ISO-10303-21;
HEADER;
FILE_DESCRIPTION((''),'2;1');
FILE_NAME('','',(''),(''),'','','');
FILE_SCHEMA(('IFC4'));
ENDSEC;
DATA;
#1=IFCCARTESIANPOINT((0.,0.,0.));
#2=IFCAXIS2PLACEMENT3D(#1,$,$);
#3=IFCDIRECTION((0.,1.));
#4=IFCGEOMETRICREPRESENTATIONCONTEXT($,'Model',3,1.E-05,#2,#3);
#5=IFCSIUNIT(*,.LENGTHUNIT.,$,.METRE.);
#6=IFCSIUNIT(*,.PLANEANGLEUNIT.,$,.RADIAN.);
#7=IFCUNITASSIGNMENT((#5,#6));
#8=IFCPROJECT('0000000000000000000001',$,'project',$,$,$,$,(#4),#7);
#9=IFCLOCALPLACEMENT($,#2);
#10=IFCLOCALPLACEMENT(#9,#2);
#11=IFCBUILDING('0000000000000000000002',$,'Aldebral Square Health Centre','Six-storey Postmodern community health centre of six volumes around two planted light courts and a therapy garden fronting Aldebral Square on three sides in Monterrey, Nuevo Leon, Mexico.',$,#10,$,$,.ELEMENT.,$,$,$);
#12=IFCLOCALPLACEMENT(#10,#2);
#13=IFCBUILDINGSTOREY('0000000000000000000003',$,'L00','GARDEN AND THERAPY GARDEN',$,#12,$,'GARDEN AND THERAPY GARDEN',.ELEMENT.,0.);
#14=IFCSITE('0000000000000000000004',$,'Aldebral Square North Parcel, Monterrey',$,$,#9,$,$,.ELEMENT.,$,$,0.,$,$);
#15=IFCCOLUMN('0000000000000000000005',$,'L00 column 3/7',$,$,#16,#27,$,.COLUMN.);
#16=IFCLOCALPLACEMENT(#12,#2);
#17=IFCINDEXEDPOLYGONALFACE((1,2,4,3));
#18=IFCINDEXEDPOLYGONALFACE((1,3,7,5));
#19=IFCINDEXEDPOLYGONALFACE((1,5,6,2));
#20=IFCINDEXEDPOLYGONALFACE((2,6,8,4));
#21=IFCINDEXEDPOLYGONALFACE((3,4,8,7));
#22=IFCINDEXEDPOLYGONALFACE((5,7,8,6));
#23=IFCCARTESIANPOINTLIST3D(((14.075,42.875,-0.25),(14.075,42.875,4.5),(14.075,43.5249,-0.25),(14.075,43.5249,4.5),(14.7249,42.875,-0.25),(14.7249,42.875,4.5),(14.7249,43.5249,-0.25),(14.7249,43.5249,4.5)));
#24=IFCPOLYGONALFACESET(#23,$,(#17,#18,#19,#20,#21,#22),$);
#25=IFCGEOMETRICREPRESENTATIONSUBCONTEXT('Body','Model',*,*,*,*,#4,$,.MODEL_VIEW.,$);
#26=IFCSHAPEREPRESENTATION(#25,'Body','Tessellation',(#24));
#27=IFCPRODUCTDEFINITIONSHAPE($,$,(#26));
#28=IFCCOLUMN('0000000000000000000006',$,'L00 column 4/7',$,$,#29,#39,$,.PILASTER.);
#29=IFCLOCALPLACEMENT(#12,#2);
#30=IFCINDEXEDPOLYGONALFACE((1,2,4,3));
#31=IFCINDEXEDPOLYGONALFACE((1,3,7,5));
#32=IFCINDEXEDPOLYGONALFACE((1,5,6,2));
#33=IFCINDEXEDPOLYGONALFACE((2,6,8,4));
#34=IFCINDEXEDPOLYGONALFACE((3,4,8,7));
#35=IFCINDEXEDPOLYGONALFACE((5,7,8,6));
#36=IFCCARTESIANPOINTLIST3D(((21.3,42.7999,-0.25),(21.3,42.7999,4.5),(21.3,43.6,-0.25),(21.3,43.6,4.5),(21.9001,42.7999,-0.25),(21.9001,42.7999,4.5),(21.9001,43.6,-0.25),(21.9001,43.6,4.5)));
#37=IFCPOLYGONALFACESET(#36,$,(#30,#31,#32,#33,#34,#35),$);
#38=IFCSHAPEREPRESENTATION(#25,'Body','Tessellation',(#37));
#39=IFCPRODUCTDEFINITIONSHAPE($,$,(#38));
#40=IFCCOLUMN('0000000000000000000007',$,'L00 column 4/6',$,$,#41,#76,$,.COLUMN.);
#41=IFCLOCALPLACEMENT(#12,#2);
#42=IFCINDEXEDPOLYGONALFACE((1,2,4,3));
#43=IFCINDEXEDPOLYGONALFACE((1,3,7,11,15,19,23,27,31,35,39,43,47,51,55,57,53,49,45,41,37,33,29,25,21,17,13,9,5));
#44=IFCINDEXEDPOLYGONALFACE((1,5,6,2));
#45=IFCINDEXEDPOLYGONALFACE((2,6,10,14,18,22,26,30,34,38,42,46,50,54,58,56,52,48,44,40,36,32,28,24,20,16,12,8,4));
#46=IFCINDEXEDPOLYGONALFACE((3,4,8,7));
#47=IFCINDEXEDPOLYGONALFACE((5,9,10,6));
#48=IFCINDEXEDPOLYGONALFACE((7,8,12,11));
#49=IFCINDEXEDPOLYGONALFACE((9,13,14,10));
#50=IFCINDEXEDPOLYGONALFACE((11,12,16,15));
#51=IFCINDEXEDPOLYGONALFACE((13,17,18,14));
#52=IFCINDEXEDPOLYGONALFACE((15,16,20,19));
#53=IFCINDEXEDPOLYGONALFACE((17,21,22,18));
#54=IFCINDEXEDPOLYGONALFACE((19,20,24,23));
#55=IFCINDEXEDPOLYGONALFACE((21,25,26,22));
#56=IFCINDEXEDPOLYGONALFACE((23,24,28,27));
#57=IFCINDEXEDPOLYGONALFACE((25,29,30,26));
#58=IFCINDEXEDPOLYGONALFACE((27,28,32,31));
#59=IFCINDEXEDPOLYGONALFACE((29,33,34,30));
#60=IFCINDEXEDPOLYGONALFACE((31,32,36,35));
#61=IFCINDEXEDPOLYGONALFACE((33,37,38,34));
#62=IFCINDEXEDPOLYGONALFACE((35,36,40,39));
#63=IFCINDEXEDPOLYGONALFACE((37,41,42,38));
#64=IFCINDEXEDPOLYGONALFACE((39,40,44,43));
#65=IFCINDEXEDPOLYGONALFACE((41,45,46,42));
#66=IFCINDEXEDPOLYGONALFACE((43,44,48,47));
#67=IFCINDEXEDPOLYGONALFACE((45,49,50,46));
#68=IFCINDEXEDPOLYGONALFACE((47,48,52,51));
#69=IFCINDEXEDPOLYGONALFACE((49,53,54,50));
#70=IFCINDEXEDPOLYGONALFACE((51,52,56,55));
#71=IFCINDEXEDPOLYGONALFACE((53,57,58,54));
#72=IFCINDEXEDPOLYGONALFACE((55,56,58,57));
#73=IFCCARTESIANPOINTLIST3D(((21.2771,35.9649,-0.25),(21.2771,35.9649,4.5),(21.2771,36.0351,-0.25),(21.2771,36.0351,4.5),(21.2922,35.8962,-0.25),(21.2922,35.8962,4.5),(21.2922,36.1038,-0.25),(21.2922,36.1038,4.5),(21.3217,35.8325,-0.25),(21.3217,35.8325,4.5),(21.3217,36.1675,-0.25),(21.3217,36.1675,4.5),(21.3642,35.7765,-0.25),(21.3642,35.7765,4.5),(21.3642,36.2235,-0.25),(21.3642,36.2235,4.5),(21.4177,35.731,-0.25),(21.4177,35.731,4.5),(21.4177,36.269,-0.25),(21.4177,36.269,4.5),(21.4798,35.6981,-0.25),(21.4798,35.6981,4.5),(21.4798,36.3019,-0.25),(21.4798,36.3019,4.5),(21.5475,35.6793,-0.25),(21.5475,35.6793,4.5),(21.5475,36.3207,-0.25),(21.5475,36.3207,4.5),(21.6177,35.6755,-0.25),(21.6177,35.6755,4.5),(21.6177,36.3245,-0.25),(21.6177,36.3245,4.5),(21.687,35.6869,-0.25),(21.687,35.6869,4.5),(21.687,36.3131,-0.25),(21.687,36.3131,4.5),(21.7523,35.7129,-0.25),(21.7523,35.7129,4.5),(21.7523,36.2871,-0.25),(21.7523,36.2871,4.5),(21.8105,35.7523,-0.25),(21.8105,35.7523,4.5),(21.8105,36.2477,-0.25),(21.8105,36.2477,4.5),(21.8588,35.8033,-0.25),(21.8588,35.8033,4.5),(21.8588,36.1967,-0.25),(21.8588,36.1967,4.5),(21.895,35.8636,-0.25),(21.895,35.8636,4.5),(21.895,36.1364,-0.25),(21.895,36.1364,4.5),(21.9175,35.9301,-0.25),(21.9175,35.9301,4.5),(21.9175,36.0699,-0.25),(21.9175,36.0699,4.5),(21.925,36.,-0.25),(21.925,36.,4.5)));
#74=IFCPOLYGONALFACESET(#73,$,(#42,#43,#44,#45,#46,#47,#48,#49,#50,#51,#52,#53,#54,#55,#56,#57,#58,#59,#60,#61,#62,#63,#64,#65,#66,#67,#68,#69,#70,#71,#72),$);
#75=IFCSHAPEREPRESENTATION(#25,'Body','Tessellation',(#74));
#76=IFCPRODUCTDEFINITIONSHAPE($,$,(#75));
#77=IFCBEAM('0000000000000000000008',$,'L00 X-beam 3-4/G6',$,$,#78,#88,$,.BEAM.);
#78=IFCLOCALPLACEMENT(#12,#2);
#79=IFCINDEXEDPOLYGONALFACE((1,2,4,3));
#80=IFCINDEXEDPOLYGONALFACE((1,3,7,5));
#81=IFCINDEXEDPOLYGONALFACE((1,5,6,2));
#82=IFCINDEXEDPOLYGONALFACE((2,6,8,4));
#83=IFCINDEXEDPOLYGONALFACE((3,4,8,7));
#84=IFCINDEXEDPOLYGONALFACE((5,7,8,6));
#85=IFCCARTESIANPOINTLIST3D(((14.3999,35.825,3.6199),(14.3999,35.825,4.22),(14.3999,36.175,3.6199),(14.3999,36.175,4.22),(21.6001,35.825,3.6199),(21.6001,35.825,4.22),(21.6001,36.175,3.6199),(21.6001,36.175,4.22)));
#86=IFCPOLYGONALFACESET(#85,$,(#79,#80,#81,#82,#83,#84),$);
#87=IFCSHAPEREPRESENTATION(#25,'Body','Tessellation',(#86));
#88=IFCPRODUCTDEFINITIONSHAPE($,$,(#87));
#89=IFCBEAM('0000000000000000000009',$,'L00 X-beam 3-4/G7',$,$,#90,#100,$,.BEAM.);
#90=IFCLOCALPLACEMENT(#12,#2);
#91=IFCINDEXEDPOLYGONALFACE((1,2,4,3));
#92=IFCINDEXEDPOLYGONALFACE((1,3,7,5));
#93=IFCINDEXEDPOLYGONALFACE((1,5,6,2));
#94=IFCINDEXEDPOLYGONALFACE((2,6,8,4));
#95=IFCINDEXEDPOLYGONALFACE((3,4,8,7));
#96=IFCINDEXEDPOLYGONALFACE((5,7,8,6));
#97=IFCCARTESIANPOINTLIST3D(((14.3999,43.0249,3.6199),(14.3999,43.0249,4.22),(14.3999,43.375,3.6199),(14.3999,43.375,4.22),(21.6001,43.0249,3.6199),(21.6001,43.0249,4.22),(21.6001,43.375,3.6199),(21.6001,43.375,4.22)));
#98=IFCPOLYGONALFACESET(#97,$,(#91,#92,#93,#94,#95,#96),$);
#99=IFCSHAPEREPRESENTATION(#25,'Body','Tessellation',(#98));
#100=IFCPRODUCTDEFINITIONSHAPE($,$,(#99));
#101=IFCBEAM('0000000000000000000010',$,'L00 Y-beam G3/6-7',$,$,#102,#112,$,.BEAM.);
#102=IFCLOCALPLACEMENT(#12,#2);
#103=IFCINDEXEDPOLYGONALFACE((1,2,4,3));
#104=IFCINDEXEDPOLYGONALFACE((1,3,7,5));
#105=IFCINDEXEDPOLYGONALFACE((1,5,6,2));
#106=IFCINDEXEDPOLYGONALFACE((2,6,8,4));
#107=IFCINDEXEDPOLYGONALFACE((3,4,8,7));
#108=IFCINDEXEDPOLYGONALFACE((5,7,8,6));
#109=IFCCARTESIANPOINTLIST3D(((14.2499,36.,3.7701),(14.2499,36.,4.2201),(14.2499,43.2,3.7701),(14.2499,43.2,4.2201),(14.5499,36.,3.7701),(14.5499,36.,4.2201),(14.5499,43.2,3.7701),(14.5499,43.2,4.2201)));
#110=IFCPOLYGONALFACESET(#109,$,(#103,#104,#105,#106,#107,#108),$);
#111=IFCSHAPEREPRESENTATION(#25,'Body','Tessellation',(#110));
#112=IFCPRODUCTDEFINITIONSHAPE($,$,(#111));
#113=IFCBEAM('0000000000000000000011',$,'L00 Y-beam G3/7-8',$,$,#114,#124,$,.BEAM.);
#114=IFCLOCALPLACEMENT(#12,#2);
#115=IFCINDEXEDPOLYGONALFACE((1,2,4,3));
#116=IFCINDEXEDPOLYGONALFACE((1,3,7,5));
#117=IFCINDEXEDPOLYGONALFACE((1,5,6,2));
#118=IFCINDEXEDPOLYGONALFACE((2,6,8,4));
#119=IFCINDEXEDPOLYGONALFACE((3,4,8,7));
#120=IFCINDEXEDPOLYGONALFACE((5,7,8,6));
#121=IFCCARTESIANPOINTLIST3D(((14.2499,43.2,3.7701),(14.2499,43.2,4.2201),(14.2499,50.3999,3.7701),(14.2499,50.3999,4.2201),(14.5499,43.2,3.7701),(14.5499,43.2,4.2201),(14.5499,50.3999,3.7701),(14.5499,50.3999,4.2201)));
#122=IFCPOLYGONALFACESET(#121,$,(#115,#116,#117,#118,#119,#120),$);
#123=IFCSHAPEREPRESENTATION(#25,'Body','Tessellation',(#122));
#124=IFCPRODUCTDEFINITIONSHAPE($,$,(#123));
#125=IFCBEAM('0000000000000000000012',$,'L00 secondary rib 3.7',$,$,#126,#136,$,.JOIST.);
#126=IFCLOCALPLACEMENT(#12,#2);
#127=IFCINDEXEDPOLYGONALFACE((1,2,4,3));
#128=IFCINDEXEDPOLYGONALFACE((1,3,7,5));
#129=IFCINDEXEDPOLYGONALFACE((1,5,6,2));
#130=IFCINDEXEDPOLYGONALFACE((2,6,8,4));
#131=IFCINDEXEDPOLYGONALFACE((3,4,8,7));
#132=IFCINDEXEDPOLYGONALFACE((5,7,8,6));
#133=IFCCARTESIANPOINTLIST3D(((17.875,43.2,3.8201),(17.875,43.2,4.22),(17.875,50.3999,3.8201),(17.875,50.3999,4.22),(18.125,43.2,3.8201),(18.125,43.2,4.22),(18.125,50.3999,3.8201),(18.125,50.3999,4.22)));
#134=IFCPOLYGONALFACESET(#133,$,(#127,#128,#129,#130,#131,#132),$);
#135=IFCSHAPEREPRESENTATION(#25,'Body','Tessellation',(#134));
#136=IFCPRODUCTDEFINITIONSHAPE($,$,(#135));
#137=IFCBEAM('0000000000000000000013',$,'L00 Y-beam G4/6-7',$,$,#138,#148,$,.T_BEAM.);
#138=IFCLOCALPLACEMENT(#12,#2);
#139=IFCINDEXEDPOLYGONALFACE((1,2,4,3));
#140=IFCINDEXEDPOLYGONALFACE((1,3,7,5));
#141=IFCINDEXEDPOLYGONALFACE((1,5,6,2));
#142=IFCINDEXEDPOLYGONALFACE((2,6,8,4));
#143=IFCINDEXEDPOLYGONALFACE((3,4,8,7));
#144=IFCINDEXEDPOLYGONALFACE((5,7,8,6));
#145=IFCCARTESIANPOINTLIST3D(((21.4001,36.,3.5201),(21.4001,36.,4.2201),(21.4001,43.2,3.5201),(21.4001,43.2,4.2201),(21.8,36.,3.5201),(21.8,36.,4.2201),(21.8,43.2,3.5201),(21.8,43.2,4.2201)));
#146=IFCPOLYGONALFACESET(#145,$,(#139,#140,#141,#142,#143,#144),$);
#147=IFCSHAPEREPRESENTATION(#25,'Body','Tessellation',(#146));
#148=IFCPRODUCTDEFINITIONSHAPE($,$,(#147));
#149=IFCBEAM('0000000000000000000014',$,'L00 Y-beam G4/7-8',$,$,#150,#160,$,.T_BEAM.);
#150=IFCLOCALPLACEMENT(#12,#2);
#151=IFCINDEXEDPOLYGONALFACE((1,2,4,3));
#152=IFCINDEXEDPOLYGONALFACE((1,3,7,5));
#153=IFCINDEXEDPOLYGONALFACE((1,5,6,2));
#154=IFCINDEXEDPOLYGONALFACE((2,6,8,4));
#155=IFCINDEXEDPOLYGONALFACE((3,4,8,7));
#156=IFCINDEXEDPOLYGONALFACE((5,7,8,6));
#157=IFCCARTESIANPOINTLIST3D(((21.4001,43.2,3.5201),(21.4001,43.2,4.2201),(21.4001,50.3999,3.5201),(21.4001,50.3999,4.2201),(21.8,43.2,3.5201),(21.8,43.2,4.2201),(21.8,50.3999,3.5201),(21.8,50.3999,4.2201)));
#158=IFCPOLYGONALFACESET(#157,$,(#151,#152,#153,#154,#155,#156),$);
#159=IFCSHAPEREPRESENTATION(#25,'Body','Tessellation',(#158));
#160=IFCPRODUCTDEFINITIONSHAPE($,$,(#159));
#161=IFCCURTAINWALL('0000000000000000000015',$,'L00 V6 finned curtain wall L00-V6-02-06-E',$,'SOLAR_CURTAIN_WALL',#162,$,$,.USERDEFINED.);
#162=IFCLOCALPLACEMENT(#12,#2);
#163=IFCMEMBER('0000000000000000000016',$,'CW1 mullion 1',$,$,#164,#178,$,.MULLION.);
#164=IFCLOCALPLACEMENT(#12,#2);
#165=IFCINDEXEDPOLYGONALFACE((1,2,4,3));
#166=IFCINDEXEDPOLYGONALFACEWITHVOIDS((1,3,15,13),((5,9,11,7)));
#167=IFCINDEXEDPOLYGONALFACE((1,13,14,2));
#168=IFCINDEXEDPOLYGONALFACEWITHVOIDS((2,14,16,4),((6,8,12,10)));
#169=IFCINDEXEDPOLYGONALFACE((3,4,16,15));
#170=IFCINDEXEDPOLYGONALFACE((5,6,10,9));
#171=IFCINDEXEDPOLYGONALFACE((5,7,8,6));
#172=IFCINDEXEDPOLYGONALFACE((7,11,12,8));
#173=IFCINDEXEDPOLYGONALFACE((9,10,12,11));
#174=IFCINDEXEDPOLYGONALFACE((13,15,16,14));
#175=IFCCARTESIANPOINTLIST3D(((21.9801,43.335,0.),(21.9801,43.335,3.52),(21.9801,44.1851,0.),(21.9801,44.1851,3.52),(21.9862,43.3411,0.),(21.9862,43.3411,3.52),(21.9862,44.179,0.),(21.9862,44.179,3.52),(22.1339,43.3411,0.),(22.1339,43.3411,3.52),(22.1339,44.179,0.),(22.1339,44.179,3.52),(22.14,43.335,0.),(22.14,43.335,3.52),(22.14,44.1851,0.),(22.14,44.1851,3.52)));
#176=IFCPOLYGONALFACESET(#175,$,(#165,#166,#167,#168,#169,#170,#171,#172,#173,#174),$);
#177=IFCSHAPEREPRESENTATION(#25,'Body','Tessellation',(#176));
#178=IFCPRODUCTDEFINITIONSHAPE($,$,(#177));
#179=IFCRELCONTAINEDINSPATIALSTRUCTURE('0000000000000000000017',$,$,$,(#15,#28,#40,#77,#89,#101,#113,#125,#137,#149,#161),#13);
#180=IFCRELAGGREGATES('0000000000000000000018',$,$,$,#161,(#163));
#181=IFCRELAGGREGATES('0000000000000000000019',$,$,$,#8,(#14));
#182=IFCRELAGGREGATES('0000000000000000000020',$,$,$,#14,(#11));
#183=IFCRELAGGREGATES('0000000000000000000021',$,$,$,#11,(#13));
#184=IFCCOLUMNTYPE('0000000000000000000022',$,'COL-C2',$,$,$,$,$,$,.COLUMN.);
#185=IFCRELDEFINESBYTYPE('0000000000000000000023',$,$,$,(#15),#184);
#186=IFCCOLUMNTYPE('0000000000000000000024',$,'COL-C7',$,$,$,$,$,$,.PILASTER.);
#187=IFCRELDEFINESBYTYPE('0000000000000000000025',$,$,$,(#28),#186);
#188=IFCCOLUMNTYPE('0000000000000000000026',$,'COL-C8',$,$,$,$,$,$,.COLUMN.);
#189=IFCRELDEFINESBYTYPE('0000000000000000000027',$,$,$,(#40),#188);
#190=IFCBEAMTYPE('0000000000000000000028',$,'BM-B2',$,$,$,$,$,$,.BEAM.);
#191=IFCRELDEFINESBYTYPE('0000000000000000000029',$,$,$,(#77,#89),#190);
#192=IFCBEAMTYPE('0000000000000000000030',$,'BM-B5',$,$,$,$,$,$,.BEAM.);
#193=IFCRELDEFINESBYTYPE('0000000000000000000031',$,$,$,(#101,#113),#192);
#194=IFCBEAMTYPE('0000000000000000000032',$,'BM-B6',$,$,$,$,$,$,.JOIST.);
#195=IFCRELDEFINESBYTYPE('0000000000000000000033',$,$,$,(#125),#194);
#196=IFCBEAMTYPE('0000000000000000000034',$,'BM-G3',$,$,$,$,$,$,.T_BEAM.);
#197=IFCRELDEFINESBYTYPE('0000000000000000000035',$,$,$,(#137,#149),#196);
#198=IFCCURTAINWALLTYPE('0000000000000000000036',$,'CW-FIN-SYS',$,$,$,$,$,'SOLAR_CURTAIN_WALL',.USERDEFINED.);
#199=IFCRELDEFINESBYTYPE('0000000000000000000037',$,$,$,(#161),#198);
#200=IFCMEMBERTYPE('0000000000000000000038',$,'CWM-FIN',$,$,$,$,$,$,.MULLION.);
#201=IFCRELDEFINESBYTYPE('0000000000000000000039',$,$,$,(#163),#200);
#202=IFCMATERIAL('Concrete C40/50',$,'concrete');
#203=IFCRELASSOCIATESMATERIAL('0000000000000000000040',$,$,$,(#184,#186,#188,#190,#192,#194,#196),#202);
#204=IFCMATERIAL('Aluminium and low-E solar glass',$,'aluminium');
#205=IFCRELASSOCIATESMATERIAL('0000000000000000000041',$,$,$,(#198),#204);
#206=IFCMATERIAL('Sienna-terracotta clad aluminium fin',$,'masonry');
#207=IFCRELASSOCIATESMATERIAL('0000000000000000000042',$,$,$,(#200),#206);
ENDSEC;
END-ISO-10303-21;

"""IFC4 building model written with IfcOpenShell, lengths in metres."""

from ifc_helpers import new_model, si_unit, direction, frame, origin, origin_2d, place, context, subcontext, project, spatial, rectangle, hollow_rectangle, circle, extrude, material, material_profile, profile_set, type_object, element, aggregate, save


model = new_model("IFC4")

# Units and contexts
model_context = context("Model", 3, precision=1e-05, world=origin(), true_north=direction((0.0, 1.0)))
body_context = subcontext(model_context, "Body", "Model", "MODEL_VIEW")
ifc_project = project(units=[si_unit("LENGTHUNIT", "METRE"), si_unit("PLANEANGLEUNIT", "RADIAN")], contexts=[model_context])

# Site, building, storey
site_placement = place(None, origin())
site = spatial("IfcSite", under=ifc_project, at=site_placement, Name="Aldebral Square North Parcel, Monterrey", CompositionType="ELEMENT", RefElevation=0.0)
building_placement = place(site_placement, origin())
building = spatial("IfcBuilding", under=site, at=building_placement, Name="Aldebral Square Health Centre", Description="Six-storey Postmodern community health centre of six volumes around two planted light courts and a therapy garden fronting Aldebral Square on three sides in Monterrey, Nuevo Leon, Mexico.", CompositionType="ELEMENT")
storey_placement = place(building_placement, origin())
storey = spatial("IfcBuildingStorey", under=building, at=storey_placement, Name="L00", Description="GARDEN AND THERAPY GARDEN", LongName="GARDEN AND THERAPY GARDEN", CompositionType="ELEMENT", Elevation=0.0)

# Columns
ifc_material_1 = material(Name="Concrete C40/50", Category="concrete")
ifc_material_profile_1 = material_profile(ifc_material_1, rectangle(XDim=0.6499, YDim=0.6499, at=origin_2d()), Name="RC 650x650")
ifc_profile_set_1 = profile_set([ifc_material_profile_1], Name="Concrete C40/50")
column_type_1 = type_object("IfcColumnType", Name="COL-C2", PredefinedType="COLUMN", material=ifc_profile_set_1)
column_1_placement = place(storey_placement, frame((14.3999, 43.2, -0.25), z_axis=(0.0, 0.0, 1.0), x_axis=(1.0, 0.0, 0.0)))
element("IfcColumn", 1, at=column_1_placement, inside=storey, type_object=column_type_1, Name="L00 column 3/7", PredefinedType="COLUMN", context=body_context, shape_type="SweptSolid", body=[
    extrude(rectangle(XDim=0.6499, YDim=0.6499, at=origin_2d()), origin(), (0.0, 0.0, 1.0), 4.75),
])
ifc_material_profile_2 = material_profile(ifc_material_1, rectangle(XDim=0.6001, YDim=0.8, at=origin_2d()), Name="RC 600x800")
ifc_profile_set_2 = profile_set([ifc_material_profile_2], Name="Concrete C40/50")
column_type_2 = type_object("IfcColumnType", Name="COL-C7", PredefinedType="PILASTER", material=ifc_profile_set_2)
column_2_placement = place(storey_placement, frame((21.6001, 43.2, -0.25), z_axis=(0.0, 0.0, 1.0), x_axis=(1.0, 0.0, 0.0)))
element("IfcColumn", 2, at=column_2_placement, inside=storey, type_object=column_type_2, Name="L00 column 4/7", PredefinedType="PILASTER", context=body_context, shape_type="SweptSolid", body=[
    extrude(rectangle(XDim=0.6001, YDim=0.8, at=origin_2d()), origin(), (0.0, 0.0, 1.0), 4.75),
])
ifc_material_profile_3 = material_profile(ifc_material_1, circle(Radius=0.325, at=origin_2d()), Name="RC D650")
ifc_profile_set_3 = profile_set([ifc_material_profile_3], Name="Concrete C40/50")
column_type_3 = type_object("IfcColumnType", Name="COL-C8", PredefinedType="COLUMN", material=ifc_profile_set_3)
column_3_placement = place(storey_placement, frame((21.6001, 36.0, -0.25), z_axis=(0.0, 0.0, 1.0), x_axis=(1.0, 0.0, 0.0)))
element("IfcColumn", 3, at=column_3_placement, inside=storey, type_object=column_type_3, Name="L00 column 4/6", PredefinedType="COLUMN", context=body_context, shape_type="SweptSolid", body=[
    extrude(circle(Radius=0.325, at=origin_2d()), origin(), (0.0, 0.0, 1.0), 4.75),
])

# Beams
ifc_material_profile_4 = material_profile(ifc_material_1, rectangle(XDim=0.3501, YDim=0.6001, at=origin_2d()), Name="RC 350x600")
ifc_profile_set_4 = profile_set([ifc_material_profile_4], Name="Concrete C40/50")
beam_type_1 = type_object("IfcBeamType", Name="BM-B2", PredefinedType="BEAM", material=ifc_profile_set_4)
for number, where, z_axis, x_axis, name in (
    (4, (14.3999, 36.0, 3.9199), (1.0, 0.0, 0.0), (0.0, 1.0, 0.0), "L00 X-beam 3-4/G6"),
    (5, (14.3999, 43.2, 3.9199), (1.0, 0.0, 0.0), (0.0, 1.0, 0.0), "L00 X-beam 3-4/G7"),
):
    element("IfcBeam", number, at=place(storey_placement, frame(where, z_axis=z_axis, x_axis=x_axis)), inside=storey, type_object=beam_type_1, Name=name, PredefinedType="BEAM", context=body_context, shape_type="SweptSolid", body=[
        extrude(rectangle(XDim=0.3501, YDim=0.6001, at=origin_2d()), origin(), (0.0, 0.0, 1.0), 7.2002),
    ])
ifc_material_profile_5 = material_profile(ifc_material_1, rectangle(XDim=0.3, YDim=0.45, at=origin_2d()), Name="RC 300x450")
ifc_profile_set_5 = profile_set([ifc_material_profile_5], Name="Concrete C40/50")
beam_type_2 = type_object("IfcBeamType", Name="BM-B5", PredefinedType="BEAM", material=ifc_profile_set_5)
for number, where, z_axis, x_axis, name in (
    (6, (14.3999, 36.0, 3.9951), (0.0, 1.0, 0.0), (-1.0, 0.0, 0.0), "L00 Y-beam G3/6-7"),
    (7, (14.3999, 43.2, 3.9951), (0.0, 1.0, 0.0), (-1.0, 0.0, 0.0), "L00 Y-beam G3/7-8"),
):
    element("IfcBeam", number, at=place(storey_placement, frame(where, z_axis=z_axis, x_axis=x_axis)), inside=storey, type_object=beam_type_2, Name=name, PredefinedType="BEAM", context=body_context, shape_type="SweptSolid", body=[
        extrude(rectangle(XDim=0.3, YDim=0.45, at=origin_2d()), origin(), (0.0, 0.0, 1.0), 7.2),
    ])
ifc_material_profile_6 = material_profile(ifc_material_1, rectangle(XDim=0.25, YDim=0.3999, at=origin_2d()), Name="RC 250x400")
ifc_profile_set_6 = profile_set([ifc_material_profile_6], Name="Concrete C40/50")
beam_type_3 = type_object("IfcBeamType", Name="BM-B6", PredefinedType="JOIST", material=ifc_profile_set_6)
beam_placement = place(storey_placement, frame((18.0, 43.2, 4.02), z_axis=(0.0, 1.0, 0.0), x_axis=(-1.0, 0.0, 0.0)))
element("IfcBeam", 8, at=beam_placement, inside=storey, type_object=beam_type_3, Name="L00 secondary rib 3.7", PredefinedType="JOIST", context=body_context, shape_type="SweptSolid", body=[
    extrude(rectangle(XDim=0.25, YDim=0.3999, at=origin_2d()), origin(), (0.0, 0.0, 1.0), 7.2),
])
ifc_material_profile_7 = material_profile(ifc_material_1, rectangle(XDim=0.3999, YDim=0.7, at=origin_2d()), Name="RC 400x700")
ifc_profile_set_7 = profile_set([ifc_material_profile_7], Name="Concrete C40/50")
beam_type_4 = type_object("IfcBeamType", Name="BM-G3", PredefinedType="T_BEAM", material=ifc_profile_set_7)
for number, where, z_axis, x_axis, name in (
    (9, (21.6001, 36.0, 3.8701), (0.0, 1.0, 0.0), (-1.0, 0.0, 0.0), "L00 Y-beam G4/6-7"),
    (10, (21.6001, 43.2, 3.8701), (0.0, 1.0, 0.0), (-1.0, 0.0, 0.0), "L00 Y-beam G4/7-8"),
):
    element("IfcBeam", number, at=place(storey_placement, frame(where, z_axis=z_axis, x_axis=x_axis)), inside=storey, type_object=beam_type_4, Name=name, PredefinedType="T_BEAM", context=body_context, shape_type="SweptSolid", body=[
        extrude(rectangle(XDim=0.3999, YDim=0.7, at=origin_2d()), origin(), (0.0, 0.0, 1.0), 7.2),
    ])

# Curtain wall, member
ifc_material_2 = material(Name="Aluminium and low-E solar glass", Category="aluminium")
curtain_wall_type = type_object("IfcCurtainWallType", Name="CW-FIN-SYS", ElementType="SOLAR_CURTAIN_WALL", PredefinedType="USERDEFINED", material=ifc_material_2)
curtain_wall_placement = place(storey_placement, origin())
curtain_wall = element("IfcCurtainWall", 11, at=curtain_wall_placement, inside=storey, type_object=curtain_wall_type, Name="L00 V6 finned curtain wall L00-V6-02-06-E", ObjectType="SOLAR_CURTAIN_WALL", PredefinedType="USERDEFINED")
ifc_material_3 = material(Name="Sienna-terracotta clad aluminium fin", Category="masonry")
ifc_material_profile_8 = material_profile(ifc_material_3, hollow_rectangle(XDim=0.1599, YDim=0.8501, WallThickness=0.0061, at=origin_2d()), Name="FIN 160x850x6")
ifc_profile_set_8 = profile_set([ifc_material_profile_8], Name="Sienna-terracotta clad aluminium fin")
member_type_1 = type_object("IfcMemberType", Name="CWM-FIN", PredefinedType="MULLION", material=ifc_profile_set_8)
member_1_placement = place(storey_placement, frame((22.0601, 43.76, 0.0), z_axis=(0.0, 0.0, 1.0), x_axis=(-1.0, 0.0, 0.0)))
member_1 = element("IfcMember", 12, at=member_1_placement, type_object=member_type_1, Name="CW1 mullion 1", PredefinedType="MULLION", context=body_context, shape_type="SweptSolid", body=[
    extrude(hollow_rectangle(XDim=0.1599, YDim=0.8501, WallThickness=0.0061, at=origin_2d()), origin(), (0.0, 0.0, 1.0), 3.52),
])
aggregate(curtain_wall, [member_1])

save(model, "model.ifc")
